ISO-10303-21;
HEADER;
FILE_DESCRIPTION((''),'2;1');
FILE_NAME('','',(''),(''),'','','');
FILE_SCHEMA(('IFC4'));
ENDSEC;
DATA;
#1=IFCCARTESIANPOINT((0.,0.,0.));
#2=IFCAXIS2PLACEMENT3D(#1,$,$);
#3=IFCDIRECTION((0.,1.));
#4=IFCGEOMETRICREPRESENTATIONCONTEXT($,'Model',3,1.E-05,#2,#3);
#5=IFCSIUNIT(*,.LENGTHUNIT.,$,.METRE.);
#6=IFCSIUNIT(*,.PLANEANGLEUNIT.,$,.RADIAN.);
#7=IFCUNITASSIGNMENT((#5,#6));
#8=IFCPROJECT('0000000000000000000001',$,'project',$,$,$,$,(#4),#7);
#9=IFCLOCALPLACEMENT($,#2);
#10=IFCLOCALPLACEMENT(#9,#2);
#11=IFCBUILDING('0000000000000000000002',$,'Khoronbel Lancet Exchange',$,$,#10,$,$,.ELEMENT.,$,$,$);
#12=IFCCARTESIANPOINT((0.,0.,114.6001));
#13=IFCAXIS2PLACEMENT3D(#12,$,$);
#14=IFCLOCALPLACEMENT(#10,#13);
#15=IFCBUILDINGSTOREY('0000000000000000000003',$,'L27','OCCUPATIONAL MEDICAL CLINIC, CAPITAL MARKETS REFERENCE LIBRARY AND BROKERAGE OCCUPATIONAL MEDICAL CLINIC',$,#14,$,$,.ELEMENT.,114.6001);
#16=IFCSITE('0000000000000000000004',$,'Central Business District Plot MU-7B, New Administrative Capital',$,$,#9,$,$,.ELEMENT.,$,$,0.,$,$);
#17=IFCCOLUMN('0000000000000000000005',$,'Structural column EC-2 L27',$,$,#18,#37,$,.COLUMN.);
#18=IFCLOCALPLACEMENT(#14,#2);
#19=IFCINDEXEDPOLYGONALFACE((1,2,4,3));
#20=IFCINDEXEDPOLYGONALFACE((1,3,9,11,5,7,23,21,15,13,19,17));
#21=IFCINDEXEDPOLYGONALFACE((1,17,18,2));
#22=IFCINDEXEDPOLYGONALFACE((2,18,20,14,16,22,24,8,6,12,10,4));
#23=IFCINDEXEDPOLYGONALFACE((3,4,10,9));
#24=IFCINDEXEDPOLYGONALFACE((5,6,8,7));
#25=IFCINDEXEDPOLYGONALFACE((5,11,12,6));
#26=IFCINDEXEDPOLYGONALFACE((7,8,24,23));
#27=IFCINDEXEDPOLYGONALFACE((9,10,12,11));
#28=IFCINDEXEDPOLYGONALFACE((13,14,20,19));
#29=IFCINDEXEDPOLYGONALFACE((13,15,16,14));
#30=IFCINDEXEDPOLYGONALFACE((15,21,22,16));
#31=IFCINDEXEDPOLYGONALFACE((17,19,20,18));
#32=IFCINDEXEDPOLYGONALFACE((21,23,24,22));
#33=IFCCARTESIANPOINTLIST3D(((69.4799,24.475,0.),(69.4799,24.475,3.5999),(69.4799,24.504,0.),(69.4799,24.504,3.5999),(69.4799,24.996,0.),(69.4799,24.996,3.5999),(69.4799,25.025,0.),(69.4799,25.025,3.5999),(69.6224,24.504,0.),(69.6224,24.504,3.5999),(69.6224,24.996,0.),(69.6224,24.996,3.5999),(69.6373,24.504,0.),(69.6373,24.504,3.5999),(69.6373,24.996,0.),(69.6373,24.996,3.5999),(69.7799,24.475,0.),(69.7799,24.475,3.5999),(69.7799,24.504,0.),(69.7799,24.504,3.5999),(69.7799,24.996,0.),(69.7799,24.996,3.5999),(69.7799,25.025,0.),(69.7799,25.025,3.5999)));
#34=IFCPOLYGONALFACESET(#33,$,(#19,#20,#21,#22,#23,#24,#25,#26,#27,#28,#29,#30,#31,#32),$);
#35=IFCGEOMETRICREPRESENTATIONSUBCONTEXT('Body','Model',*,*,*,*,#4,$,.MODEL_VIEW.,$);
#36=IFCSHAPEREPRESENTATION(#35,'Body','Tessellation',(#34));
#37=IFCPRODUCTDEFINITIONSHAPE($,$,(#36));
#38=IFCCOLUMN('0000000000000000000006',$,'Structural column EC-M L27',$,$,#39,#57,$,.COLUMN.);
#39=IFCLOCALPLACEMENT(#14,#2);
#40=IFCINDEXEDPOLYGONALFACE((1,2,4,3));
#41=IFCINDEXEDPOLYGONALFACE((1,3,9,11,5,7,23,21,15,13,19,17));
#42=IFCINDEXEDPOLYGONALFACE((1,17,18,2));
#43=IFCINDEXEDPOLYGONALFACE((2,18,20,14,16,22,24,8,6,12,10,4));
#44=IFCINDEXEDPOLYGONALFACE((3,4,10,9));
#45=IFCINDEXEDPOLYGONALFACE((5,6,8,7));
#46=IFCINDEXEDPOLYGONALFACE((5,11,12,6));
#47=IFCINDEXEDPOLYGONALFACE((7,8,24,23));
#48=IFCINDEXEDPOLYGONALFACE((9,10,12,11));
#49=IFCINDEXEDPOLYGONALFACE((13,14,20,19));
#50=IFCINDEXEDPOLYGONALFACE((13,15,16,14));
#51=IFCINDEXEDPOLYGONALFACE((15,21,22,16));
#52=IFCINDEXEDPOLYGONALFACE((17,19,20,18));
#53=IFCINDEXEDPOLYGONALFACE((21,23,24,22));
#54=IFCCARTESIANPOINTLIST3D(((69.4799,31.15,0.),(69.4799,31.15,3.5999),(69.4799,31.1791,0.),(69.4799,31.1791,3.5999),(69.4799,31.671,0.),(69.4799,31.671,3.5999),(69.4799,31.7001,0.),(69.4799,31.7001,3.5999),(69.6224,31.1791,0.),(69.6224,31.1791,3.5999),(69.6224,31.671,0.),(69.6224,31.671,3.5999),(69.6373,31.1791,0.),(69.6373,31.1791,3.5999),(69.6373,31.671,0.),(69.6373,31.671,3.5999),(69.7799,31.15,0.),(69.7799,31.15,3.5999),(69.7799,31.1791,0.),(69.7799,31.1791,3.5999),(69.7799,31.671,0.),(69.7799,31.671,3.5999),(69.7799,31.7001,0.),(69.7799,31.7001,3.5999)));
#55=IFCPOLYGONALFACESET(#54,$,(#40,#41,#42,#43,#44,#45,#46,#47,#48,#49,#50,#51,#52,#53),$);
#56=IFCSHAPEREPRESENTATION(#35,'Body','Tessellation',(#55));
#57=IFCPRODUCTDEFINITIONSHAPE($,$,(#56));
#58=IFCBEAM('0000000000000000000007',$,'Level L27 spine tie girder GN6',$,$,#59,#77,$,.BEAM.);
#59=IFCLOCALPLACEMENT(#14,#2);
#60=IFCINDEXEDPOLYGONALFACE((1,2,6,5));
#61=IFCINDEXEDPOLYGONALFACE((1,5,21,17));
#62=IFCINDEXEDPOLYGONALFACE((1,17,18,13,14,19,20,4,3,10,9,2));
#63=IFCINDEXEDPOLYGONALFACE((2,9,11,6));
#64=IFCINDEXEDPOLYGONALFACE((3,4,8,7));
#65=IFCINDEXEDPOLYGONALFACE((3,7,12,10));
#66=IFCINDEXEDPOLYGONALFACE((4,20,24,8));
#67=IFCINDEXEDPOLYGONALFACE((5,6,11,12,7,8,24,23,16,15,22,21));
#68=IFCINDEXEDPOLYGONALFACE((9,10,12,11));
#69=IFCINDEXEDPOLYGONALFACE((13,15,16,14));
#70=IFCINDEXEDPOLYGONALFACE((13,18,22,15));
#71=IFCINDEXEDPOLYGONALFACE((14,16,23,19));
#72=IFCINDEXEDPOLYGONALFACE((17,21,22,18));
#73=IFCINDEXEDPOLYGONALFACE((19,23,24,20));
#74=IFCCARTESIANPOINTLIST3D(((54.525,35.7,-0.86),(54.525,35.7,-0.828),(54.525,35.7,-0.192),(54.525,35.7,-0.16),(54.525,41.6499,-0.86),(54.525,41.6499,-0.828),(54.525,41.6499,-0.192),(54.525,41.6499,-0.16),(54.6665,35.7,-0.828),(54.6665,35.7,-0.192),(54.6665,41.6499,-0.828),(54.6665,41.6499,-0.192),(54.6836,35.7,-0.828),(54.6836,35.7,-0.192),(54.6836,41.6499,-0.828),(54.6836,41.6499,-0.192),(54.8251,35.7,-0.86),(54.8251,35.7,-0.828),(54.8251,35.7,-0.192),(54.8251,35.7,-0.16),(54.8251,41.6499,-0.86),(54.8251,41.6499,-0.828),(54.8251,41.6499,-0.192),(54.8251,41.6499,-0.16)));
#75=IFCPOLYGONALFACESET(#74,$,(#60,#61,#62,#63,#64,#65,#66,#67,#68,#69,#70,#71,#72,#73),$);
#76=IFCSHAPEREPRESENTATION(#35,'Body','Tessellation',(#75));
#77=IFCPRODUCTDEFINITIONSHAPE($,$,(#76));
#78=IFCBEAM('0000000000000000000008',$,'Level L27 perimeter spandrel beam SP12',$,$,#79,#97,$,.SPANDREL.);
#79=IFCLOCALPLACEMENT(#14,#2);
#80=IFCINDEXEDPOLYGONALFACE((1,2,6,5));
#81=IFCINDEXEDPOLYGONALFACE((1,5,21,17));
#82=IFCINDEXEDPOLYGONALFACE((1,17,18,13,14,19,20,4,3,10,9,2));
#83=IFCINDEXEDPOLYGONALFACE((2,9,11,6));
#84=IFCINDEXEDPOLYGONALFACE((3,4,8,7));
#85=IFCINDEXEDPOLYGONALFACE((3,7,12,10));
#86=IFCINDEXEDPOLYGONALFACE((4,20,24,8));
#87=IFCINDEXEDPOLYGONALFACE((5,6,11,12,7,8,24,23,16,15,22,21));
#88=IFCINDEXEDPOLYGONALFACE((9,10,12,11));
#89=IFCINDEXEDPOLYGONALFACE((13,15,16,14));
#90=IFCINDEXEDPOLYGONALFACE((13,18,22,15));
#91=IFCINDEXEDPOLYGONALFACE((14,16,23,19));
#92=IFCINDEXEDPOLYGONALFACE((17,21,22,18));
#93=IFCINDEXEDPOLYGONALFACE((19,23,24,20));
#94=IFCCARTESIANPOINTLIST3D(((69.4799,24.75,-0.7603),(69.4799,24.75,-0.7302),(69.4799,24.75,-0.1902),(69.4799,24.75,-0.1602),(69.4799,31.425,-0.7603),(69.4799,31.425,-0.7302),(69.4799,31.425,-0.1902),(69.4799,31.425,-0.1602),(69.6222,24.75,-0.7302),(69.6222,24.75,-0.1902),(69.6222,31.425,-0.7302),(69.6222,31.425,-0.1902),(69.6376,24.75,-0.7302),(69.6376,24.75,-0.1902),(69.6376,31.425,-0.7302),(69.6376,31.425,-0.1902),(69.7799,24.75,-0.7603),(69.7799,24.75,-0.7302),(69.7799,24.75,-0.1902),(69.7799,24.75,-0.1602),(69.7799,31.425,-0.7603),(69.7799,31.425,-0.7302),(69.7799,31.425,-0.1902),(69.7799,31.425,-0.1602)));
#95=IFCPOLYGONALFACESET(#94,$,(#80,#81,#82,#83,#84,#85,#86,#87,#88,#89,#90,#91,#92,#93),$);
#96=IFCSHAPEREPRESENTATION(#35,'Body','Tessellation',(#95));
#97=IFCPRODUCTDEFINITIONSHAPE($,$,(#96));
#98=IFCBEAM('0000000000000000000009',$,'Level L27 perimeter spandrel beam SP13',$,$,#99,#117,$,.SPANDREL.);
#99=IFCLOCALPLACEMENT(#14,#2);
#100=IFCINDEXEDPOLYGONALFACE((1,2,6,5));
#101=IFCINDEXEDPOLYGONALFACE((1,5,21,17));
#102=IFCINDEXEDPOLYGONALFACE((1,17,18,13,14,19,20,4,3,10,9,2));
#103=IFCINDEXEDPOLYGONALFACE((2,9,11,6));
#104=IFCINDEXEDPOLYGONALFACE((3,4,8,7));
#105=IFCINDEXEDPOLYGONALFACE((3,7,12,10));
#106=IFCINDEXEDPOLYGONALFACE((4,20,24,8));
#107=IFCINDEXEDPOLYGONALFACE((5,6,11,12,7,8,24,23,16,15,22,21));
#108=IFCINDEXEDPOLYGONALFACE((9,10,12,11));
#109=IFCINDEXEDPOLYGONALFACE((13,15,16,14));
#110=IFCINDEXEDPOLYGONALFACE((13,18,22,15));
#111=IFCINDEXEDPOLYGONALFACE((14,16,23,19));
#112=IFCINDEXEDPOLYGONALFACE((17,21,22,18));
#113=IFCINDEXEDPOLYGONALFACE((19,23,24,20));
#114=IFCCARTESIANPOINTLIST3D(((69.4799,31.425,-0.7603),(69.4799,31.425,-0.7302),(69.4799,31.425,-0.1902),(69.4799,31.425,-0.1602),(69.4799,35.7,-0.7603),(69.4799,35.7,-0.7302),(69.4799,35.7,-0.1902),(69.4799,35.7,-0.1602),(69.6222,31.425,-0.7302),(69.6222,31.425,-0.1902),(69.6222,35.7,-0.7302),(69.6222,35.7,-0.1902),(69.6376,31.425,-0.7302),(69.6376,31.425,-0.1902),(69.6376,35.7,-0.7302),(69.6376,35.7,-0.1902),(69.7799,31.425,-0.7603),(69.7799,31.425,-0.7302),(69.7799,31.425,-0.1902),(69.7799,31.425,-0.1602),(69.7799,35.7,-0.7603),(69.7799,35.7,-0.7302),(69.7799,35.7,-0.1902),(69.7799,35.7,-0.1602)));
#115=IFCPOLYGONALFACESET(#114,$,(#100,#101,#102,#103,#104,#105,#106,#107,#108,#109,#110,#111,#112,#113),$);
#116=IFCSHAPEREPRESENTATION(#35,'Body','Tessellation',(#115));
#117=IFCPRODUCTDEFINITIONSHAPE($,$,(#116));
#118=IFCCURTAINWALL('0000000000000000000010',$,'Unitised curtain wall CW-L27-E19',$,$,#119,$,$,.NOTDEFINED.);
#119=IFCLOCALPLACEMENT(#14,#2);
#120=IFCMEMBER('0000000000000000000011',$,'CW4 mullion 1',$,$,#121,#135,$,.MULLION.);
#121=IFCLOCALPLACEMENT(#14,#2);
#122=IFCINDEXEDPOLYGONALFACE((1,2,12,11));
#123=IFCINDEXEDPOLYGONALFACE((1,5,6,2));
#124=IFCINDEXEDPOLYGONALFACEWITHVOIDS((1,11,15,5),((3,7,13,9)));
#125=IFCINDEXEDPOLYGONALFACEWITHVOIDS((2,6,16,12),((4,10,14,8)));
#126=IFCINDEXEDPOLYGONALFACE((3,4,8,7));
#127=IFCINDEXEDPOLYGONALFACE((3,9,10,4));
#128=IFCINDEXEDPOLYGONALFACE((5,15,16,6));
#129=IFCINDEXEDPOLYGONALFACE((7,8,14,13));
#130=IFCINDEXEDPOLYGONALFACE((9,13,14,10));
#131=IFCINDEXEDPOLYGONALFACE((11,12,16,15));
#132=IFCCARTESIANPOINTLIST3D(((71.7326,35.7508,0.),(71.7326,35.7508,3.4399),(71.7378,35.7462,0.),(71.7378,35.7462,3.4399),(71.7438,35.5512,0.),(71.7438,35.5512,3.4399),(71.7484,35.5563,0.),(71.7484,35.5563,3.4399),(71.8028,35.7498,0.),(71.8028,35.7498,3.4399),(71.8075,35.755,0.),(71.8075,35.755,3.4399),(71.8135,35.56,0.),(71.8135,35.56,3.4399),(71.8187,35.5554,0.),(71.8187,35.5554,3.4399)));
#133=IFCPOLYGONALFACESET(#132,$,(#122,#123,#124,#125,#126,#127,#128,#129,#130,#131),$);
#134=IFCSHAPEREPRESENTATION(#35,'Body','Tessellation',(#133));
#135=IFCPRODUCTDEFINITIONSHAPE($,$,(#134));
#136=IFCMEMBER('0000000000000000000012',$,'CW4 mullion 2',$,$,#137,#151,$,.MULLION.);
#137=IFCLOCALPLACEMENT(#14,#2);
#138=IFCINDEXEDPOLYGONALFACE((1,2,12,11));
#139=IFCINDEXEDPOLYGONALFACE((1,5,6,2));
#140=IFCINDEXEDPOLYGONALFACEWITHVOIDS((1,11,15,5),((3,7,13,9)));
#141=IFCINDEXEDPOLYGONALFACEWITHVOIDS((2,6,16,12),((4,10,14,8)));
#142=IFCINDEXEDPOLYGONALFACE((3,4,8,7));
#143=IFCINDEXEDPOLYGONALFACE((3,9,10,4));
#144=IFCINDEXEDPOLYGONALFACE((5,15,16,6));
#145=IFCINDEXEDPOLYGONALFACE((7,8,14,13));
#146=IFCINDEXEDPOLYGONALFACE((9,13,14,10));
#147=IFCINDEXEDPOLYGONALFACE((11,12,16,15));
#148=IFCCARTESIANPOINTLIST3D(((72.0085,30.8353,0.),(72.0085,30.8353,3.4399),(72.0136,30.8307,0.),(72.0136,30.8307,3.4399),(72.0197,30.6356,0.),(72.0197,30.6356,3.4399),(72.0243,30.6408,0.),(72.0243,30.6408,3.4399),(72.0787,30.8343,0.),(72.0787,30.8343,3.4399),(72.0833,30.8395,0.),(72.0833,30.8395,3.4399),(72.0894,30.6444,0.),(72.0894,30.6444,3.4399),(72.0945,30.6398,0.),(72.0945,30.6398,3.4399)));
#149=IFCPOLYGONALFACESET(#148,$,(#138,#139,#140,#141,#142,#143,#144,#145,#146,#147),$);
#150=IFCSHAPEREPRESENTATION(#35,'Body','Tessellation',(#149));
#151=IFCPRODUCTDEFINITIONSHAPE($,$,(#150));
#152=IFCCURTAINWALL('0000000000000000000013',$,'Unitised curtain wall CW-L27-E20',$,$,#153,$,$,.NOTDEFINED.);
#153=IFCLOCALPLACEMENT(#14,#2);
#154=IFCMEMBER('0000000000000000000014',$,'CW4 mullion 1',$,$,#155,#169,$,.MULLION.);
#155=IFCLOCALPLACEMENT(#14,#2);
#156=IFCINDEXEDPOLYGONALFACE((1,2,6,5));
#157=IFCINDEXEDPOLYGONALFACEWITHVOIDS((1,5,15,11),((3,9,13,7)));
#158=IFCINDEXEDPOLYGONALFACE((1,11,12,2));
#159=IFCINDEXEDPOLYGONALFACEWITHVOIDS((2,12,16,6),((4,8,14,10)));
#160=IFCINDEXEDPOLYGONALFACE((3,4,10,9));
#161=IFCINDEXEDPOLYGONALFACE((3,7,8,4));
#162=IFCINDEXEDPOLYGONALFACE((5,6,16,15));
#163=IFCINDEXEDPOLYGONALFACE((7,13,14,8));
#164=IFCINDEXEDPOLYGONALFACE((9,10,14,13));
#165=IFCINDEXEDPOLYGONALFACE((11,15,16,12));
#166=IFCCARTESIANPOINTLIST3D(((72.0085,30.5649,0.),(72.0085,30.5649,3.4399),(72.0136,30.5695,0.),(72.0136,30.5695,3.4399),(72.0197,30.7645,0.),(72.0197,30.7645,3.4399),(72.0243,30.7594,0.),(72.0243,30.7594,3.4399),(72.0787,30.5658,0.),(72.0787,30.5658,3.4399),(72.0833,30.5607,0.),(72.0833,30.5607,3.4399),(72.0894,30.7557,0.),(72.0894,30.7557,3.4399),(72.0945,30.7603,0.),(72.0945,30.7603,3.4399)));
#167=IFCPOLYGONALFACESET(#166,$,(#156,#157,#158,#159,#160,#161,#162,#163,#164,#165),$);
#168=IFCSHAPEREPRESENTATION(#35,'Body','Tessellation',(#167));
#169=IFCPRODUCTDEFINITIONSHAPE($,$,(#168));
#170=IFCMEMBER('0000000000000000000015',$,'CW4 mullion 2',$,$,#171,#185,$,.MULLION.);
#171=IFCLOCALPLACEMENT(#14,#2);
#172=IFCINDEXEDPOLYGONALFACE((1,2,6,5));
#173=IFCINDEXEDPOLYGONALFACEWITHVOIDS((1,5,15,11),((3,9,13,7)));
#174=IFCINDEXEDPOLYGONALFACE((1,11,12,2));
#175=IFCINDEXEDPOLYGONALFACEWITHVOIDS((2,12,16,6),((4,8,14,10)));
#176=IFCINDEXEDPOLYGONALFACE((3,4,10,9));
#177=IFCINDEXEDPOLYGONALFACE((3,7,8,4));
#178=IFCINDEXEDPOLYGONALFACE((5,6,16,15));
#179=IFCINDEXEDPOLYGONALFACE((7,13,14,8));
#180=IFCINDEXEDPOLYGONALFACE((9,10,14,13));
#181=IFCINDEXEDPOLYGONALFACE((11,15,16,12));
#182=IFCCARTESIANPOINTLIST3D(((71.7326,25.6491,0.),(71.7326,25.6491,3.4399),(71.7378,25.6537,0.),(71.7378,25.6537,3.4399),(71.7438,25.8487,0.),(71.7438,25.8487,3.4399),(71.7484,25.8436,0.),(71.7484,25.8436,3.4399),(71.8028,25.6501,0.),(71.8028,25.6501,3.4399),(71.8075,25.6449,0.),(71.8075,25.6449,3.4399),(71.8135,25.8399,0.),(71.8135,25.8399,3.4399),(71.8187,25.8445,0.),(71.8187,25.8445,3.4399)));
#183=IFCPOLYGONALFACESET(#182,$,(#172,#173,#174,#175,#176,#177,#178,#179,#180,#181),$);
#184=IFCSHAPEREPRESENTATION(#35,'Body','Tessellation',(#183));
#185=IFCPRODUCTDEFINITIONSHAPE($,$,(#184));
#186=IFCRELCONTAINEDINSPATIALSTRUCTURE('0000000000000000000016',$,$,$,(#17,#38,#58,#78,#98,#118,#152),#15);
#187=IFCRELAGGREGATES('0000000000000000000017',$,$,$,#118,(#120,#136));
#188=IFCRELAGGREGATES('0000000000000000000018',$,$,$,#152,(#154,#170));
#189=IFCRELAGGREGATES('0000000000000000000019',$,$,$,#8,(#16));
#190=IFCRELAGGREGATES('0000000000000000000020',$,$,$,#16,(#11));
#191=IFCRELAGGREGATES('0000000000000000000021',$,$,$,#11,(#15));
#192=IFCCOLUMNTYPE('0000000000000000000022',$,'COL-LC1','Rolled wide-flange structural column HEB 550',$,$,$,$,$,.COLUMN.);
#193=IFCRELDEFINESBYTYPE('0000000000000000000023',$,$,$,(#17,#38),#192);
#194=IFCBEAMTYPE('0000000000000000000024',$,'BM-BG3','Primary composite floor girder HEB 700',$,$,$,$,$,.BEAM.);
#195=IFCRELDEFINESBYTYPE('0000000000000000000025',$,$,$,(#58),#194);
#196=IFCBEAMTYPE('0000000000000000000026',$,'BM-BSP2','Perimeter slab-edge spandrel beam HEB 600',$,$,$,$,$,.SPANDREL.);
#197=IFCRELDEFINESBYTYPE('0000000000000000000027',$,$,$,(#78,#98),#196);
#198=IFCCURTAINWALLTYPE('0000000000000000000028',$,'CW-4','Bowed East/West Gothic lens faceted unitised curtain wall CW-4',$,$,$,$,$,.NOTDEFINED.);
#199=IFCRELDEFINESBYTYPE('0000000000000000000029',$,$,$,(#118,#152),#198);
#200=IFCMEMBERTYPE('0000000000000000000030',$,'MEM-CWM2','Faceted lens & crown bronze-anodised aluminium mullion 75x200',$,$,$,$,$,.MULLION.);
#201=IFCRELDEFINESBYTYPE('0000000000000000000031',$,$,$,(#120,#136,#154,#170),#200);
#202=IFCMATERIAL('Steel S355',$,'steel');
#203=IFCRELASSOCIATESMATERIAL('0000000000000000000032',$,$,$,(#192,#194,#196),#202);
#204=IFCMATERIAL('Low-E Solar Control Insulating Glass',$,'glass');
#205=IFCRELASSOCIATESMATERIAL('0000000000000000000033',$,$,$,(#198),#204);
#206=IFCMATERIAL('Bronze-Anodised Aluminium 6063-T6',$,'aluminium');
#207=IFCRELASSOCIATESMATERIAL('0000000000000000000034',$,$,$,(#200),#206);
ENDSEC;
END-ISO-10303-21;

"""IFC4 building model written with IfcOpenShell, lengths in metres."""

from ifc_helpers import new_model, si_unit, direction, frame, origin, origin_2d, place, context, subcontext, project, spatial, hollow_rectangle, i_section, extrude, material, material_profile, profile_set, type_object, element, aggregate, save


model = new_model("IFC4")

# Units and contexts
model_context = context("Model", 3, precision=1e-05, world=origin(), true_north=direction((0.0, 1.0)))
body_context = subcontext(model_context, "Body", "Model", "MODEL_VIEW")
ifc_project = project(units=[si_unit("LENGTHUNIT", "METRE"), si_unit("PLANEANGLEUNIT", "RADIAN")], contexts=[model_context])

# Site, building, storey
site_placement = place(None, origin())
site = spatial("IfcSite", under=ifc_project, at=site_placement, Name="Central Business District Plot MU-7B, New Administrative Capital", CompositionType="ELEMENT", RefElevation=0.0)
building_placement = place(site_placement, origin())
building = spatial("IfcBuilding", under=site, at=building_placement, Name="Khoronbel Lancet Exchange", CompositionType="ELEMENT")
storey_placement = place(building_placement, frame((0.0, 0.0, 114.6001)))
storey = spatial("IfcBuildingStorey", under=building, at=storey_placement, Name="L27", Description="OCCUPATIONAL MEDICAL CLINIC, CAPITAL MARKETS REFERENCE LIBRARY AND BROKERAGE OCCUPATIONAL MEDICAL CLINIC", CompositionType="ELEMENT", Elevation=114.6001)

# Columns
ifc_material_1 = material(Name="Steel S355", Category="steel")
ifc_material_profile_1 = material_profile(ifc_material_1, i_section(OverallWidth=0.3, OverallDepth=0.55, WebThickness=0.0149, FlangeThickness=0.0291, at=origin_2d()), Name="HEB 550")
ifc_profile_set_1 = profile_set([ifc_material_profile_1], Name="Steel S355")
column_type = type_object("IfcColumnType", Name="COL-LC1", Description="Rolled wide-flange structural column HEB 550", PredefinedType="COLUMN", material=ifc_profile_set_1)
for number, where, z_axis, x_axis, name in (
    (1, (69.6299, 24.75, 0.0), (0.0, 0.0, 1.0), (1.0, 0.0, 0.0), "Structural column EC-2 L27"),
    (2, (69.6299, 31.425, 0.0), (0.0, 0.0, 1.0), (1.0, 0.0, 0.0), "Structural column EC-M L27"),
):
    element("IfcColumn", number, at=place(storey_placement, frame(where, z_axis=z_axis, x_axis=x_axis)), inside=storey, type_object=column_type, Name=name, PredefinedType="COLUMN", context=body_context, shape_type="SweptSolid", body=[
        extrude(i_section(OverallWidth=0.3, OverallDepth=0.55, WebThickness=0.0149, FlangeThickness=0.0291, at=origin_2d()), origin(), (0.0, 0.0, 1.0), 3.5999),
    ])

# Beams
ifc_material_profile_2 = material_profile(ifc_material_1, i_section(OverallWidth=0.3, OverallDepth=0.7, WebThickness=0.0171, FlangeThickness=0.032, at=origin_2d()), Name="HEB 700")
ifc_profile_set_2 = profile_set([ifc_material_profile_2], Name="Steel S355")
beam_type_1 = type_object("IfcBeamType", Name="BM-BG3", Description="Primary composite floor girder HEB 700", PredefinedType="BEAM", material=ifc_profile_set_2)
beam_1_placement = place(storey_placement, frame((54.675, 35.7, -0.51), z_axis=(0.0, 1.0, 0.0), x_axis=(-1.0, 0.0, 0.0)))
element("IfcBeam", 3, at=beam_1_placement, inside=storey, type_object=beam_type_1, Name="Level L27 spine tie girder GN6", PredefinedType="BEAM", context=body_context, shape_type="SweptSolid", body=[
    extrude(i_section(OverallWidth=0.3, OverallDepth=0.7, WebThickness=0.0171, FlangeThickness=0.032, at=origin_2d()), origin(), (0.0, 0.0, 1.0), 5.95),
])
ifc_material_profile_3 = material_profile(ifc_material_1, i_section(OverallWidth=0.3, OverallDepth=0.6001, WebThickness=0.0154, FlangeThickness=0.03, at=origin_2d()), Name="HEB 600")
ifc_profile_set_3 = profile_set([ifc_material_profile_3], Name="Steel S355")
beam_type_2 = type_object("IfcBeamType", Name="BM-BSP2", Description="Perimeter slab-edge spandrel beam HEB 600", PredefinedType="SPANDREL", material=ifc_profile_set_3)
beam_2_placement = place(storey_placement, frame((69.6299, 24.75, -0.4602), z_axis=(0.0, 1.0, 0.0), x_axis=(-1.0, 0.0, 0.0)))
element("IfcBeam", 4, at=beam_2_placement, inside=storey, type_object=beam_type_2, Name="Level L27 perimeter spandrel beam SP12", PredefinedType="SPANDREL", context=body_context, shape_type="SweptSolid", body=[
    extrude(i_section(OverallWidth=0.3, OverallDepth=0.6001, WebThickness=0.0154, FlangeThickness=0.03, at=origin_2d()), origin(), (0.0, 0.0, 1.0), 6.675),
])
beam_3_placement = place(storey_placement, frame((69.6299, 31.425, -0.4602), z_axis=(0.0, 1.0, 0.0), x_axis=(-1.0, 0.0, 0.0)))
element("IfcBeam", 5, at=beam_3_placement, inside=storey, type_object=beam_type_2, Name="Level L27 perimeter spandrel beam SP13", PredefinedType="SPANDREL", context=body_context, shape_type="SweptSolid", body=[
    extrude(i_section(OverallWidth=0.3, OverallDepth=0.6001, WebThickness=0.0154, FlangeThickness=0.03, at=origin_2d()), origin(), (0.0, 0.0, 1.0), 4.2749),
])

# Curtain walls, members
ifc_material_2 = material(Name="Low-E Solar Control Insulating Glass", Category="glass")
curtain_wall_type = type_object("IfcCurtainWallType", Name="CW-4", Description="Bowed East/West Gothic lens faceted unitised curtain wall CW-4", PredefinedType="NOTDEFINED", material=ifc_material_2)
curtain_wall_1_placement = place(storey_placement, origin())
curtain_wall_1 = element("IfcCurtainWall", 6, at=curtain_wall_1_placement, inside=storey, type_object=curtain_wall_type, Name="Unitised curtain wall CW-L27-E19", PredefinedType="NOTDEFINED")
ifc_material_3 = material(Name="Bronze-Anodised Aluminium 6063-T6", Category="aluminium")
ifc_material_profile_4 = material_profile(ifc_material_3, hollow_rectangle(XDim=0.075, YDim=0.2, WallThickness=0.0049, at=origin_2d()), Name="ALU MULLION 75x200")
ifc_profile_set_4 = profile_set([ifc_material_profile_4], Name="Bronze-Anodised Aluminium 6063-T6")
member_type_1 = type_object("IfcMemberType", Name="MEM-CWM2", Description="Faceted lens & crown bronze-anodised aluminium mullion 75x200", PredefinedType="MULLION", material=ifc_profile_set_4)
member_1_placement = place(storey_placement, frame((71.7756, 35.6531, 0.0), z_axis=(0.0, 0.0, 1.0), x_axis=(0.99843, 0.056017, 0.0)))
member_1 = element("IfcMember", 7, at=member_1_placement, type_object=member_type_1, Name="CW4 mullion 1", PredefinedType="MULLION", context=body_context, shape_type="SweptSolid", body=[
    extrude(hollow_rectangle(XDim=0.075, YDim=0.2, WallThickness=0.0049, at=origin_2d()), origin(), (0.0, 0.0, 1.0), 3.4399),
])
member_2_placement = place(storey_placement, frame((72.0515, 30.7375, 0.0), z_axis=(0.0, 0.0, 1.0), x_axis=(0.99843, 0.056017, 0.0)))
member_2 = element("IfcMember", 8, at=member_2_placement, type_object=member_type_1, Name="CW4 mullion 2", PredefinedType="MULLION", context=body_context, shape_type="SweptSolid", body=[
    extrude(hollow_rectangle(XDim=0.075, YDim=0.2, WallThickness=0.0049, at=origin_2d()), origin(), (0.0, 0.0, 1.0), 3.4399),
])
curtain_wall_2_placement = place(storey_placement, origin())
curtain_wall_2 = element("IfcCurtainWall", 9, at=curtain_wall_2_placement, inside=storey, type_object=curtain_wall_type, Name="Unitised curtain wall CW-L27-E20", PredefinedType="NOTDEFINED")
member_3_placement = place(storey_placement, frame((72.0515, 30.6626, 0.0), z_axis=(0.0, 0.0, 1.0), x_axis=(0.99843, -0.056017, 0.0)))
member_3 = element("IfcMember", 10, at=member_3_placement, type_object=member_type_1, Name="CW4 mullion 1", PredefinedType="MULLION", context=body_context, shape_type="SweptSolid", body=[
    extrude(hollow_rectangle(XDim=0.075, YDim=0.2, WallThickness=0.0049, at=origin_2d()), origin(), (0.0, 0.0, 1.0), 3.4399),
])
member_4_placement = place(storey_placement, frame((71.7756, 25.7468, 0.0), z_axis=(0.0, 0.0, 1.0), x_axis=(0.99843, -0.056017, 0.0)))
member_4 = element("IfcMember", 11, at=member_4_placement, type_object=member_type_1, Name="CW4 mullion 2", PredefinedType="MULLION", context=body_context, shape_type="SweptSolid", body=[
    extrude(hollow_rectangle(XDim=0.075, YDim=0.2, WallThickness=0.0049, at=origin_2d()), origin(), (0.0, 0.0, 1.0), 3.4399),
])

aggregate(curtain_wall_1, [member_1, member_2])
aggregate(curtain_wall_2, [member_3, member_4])

save(model, "model.ifc")
